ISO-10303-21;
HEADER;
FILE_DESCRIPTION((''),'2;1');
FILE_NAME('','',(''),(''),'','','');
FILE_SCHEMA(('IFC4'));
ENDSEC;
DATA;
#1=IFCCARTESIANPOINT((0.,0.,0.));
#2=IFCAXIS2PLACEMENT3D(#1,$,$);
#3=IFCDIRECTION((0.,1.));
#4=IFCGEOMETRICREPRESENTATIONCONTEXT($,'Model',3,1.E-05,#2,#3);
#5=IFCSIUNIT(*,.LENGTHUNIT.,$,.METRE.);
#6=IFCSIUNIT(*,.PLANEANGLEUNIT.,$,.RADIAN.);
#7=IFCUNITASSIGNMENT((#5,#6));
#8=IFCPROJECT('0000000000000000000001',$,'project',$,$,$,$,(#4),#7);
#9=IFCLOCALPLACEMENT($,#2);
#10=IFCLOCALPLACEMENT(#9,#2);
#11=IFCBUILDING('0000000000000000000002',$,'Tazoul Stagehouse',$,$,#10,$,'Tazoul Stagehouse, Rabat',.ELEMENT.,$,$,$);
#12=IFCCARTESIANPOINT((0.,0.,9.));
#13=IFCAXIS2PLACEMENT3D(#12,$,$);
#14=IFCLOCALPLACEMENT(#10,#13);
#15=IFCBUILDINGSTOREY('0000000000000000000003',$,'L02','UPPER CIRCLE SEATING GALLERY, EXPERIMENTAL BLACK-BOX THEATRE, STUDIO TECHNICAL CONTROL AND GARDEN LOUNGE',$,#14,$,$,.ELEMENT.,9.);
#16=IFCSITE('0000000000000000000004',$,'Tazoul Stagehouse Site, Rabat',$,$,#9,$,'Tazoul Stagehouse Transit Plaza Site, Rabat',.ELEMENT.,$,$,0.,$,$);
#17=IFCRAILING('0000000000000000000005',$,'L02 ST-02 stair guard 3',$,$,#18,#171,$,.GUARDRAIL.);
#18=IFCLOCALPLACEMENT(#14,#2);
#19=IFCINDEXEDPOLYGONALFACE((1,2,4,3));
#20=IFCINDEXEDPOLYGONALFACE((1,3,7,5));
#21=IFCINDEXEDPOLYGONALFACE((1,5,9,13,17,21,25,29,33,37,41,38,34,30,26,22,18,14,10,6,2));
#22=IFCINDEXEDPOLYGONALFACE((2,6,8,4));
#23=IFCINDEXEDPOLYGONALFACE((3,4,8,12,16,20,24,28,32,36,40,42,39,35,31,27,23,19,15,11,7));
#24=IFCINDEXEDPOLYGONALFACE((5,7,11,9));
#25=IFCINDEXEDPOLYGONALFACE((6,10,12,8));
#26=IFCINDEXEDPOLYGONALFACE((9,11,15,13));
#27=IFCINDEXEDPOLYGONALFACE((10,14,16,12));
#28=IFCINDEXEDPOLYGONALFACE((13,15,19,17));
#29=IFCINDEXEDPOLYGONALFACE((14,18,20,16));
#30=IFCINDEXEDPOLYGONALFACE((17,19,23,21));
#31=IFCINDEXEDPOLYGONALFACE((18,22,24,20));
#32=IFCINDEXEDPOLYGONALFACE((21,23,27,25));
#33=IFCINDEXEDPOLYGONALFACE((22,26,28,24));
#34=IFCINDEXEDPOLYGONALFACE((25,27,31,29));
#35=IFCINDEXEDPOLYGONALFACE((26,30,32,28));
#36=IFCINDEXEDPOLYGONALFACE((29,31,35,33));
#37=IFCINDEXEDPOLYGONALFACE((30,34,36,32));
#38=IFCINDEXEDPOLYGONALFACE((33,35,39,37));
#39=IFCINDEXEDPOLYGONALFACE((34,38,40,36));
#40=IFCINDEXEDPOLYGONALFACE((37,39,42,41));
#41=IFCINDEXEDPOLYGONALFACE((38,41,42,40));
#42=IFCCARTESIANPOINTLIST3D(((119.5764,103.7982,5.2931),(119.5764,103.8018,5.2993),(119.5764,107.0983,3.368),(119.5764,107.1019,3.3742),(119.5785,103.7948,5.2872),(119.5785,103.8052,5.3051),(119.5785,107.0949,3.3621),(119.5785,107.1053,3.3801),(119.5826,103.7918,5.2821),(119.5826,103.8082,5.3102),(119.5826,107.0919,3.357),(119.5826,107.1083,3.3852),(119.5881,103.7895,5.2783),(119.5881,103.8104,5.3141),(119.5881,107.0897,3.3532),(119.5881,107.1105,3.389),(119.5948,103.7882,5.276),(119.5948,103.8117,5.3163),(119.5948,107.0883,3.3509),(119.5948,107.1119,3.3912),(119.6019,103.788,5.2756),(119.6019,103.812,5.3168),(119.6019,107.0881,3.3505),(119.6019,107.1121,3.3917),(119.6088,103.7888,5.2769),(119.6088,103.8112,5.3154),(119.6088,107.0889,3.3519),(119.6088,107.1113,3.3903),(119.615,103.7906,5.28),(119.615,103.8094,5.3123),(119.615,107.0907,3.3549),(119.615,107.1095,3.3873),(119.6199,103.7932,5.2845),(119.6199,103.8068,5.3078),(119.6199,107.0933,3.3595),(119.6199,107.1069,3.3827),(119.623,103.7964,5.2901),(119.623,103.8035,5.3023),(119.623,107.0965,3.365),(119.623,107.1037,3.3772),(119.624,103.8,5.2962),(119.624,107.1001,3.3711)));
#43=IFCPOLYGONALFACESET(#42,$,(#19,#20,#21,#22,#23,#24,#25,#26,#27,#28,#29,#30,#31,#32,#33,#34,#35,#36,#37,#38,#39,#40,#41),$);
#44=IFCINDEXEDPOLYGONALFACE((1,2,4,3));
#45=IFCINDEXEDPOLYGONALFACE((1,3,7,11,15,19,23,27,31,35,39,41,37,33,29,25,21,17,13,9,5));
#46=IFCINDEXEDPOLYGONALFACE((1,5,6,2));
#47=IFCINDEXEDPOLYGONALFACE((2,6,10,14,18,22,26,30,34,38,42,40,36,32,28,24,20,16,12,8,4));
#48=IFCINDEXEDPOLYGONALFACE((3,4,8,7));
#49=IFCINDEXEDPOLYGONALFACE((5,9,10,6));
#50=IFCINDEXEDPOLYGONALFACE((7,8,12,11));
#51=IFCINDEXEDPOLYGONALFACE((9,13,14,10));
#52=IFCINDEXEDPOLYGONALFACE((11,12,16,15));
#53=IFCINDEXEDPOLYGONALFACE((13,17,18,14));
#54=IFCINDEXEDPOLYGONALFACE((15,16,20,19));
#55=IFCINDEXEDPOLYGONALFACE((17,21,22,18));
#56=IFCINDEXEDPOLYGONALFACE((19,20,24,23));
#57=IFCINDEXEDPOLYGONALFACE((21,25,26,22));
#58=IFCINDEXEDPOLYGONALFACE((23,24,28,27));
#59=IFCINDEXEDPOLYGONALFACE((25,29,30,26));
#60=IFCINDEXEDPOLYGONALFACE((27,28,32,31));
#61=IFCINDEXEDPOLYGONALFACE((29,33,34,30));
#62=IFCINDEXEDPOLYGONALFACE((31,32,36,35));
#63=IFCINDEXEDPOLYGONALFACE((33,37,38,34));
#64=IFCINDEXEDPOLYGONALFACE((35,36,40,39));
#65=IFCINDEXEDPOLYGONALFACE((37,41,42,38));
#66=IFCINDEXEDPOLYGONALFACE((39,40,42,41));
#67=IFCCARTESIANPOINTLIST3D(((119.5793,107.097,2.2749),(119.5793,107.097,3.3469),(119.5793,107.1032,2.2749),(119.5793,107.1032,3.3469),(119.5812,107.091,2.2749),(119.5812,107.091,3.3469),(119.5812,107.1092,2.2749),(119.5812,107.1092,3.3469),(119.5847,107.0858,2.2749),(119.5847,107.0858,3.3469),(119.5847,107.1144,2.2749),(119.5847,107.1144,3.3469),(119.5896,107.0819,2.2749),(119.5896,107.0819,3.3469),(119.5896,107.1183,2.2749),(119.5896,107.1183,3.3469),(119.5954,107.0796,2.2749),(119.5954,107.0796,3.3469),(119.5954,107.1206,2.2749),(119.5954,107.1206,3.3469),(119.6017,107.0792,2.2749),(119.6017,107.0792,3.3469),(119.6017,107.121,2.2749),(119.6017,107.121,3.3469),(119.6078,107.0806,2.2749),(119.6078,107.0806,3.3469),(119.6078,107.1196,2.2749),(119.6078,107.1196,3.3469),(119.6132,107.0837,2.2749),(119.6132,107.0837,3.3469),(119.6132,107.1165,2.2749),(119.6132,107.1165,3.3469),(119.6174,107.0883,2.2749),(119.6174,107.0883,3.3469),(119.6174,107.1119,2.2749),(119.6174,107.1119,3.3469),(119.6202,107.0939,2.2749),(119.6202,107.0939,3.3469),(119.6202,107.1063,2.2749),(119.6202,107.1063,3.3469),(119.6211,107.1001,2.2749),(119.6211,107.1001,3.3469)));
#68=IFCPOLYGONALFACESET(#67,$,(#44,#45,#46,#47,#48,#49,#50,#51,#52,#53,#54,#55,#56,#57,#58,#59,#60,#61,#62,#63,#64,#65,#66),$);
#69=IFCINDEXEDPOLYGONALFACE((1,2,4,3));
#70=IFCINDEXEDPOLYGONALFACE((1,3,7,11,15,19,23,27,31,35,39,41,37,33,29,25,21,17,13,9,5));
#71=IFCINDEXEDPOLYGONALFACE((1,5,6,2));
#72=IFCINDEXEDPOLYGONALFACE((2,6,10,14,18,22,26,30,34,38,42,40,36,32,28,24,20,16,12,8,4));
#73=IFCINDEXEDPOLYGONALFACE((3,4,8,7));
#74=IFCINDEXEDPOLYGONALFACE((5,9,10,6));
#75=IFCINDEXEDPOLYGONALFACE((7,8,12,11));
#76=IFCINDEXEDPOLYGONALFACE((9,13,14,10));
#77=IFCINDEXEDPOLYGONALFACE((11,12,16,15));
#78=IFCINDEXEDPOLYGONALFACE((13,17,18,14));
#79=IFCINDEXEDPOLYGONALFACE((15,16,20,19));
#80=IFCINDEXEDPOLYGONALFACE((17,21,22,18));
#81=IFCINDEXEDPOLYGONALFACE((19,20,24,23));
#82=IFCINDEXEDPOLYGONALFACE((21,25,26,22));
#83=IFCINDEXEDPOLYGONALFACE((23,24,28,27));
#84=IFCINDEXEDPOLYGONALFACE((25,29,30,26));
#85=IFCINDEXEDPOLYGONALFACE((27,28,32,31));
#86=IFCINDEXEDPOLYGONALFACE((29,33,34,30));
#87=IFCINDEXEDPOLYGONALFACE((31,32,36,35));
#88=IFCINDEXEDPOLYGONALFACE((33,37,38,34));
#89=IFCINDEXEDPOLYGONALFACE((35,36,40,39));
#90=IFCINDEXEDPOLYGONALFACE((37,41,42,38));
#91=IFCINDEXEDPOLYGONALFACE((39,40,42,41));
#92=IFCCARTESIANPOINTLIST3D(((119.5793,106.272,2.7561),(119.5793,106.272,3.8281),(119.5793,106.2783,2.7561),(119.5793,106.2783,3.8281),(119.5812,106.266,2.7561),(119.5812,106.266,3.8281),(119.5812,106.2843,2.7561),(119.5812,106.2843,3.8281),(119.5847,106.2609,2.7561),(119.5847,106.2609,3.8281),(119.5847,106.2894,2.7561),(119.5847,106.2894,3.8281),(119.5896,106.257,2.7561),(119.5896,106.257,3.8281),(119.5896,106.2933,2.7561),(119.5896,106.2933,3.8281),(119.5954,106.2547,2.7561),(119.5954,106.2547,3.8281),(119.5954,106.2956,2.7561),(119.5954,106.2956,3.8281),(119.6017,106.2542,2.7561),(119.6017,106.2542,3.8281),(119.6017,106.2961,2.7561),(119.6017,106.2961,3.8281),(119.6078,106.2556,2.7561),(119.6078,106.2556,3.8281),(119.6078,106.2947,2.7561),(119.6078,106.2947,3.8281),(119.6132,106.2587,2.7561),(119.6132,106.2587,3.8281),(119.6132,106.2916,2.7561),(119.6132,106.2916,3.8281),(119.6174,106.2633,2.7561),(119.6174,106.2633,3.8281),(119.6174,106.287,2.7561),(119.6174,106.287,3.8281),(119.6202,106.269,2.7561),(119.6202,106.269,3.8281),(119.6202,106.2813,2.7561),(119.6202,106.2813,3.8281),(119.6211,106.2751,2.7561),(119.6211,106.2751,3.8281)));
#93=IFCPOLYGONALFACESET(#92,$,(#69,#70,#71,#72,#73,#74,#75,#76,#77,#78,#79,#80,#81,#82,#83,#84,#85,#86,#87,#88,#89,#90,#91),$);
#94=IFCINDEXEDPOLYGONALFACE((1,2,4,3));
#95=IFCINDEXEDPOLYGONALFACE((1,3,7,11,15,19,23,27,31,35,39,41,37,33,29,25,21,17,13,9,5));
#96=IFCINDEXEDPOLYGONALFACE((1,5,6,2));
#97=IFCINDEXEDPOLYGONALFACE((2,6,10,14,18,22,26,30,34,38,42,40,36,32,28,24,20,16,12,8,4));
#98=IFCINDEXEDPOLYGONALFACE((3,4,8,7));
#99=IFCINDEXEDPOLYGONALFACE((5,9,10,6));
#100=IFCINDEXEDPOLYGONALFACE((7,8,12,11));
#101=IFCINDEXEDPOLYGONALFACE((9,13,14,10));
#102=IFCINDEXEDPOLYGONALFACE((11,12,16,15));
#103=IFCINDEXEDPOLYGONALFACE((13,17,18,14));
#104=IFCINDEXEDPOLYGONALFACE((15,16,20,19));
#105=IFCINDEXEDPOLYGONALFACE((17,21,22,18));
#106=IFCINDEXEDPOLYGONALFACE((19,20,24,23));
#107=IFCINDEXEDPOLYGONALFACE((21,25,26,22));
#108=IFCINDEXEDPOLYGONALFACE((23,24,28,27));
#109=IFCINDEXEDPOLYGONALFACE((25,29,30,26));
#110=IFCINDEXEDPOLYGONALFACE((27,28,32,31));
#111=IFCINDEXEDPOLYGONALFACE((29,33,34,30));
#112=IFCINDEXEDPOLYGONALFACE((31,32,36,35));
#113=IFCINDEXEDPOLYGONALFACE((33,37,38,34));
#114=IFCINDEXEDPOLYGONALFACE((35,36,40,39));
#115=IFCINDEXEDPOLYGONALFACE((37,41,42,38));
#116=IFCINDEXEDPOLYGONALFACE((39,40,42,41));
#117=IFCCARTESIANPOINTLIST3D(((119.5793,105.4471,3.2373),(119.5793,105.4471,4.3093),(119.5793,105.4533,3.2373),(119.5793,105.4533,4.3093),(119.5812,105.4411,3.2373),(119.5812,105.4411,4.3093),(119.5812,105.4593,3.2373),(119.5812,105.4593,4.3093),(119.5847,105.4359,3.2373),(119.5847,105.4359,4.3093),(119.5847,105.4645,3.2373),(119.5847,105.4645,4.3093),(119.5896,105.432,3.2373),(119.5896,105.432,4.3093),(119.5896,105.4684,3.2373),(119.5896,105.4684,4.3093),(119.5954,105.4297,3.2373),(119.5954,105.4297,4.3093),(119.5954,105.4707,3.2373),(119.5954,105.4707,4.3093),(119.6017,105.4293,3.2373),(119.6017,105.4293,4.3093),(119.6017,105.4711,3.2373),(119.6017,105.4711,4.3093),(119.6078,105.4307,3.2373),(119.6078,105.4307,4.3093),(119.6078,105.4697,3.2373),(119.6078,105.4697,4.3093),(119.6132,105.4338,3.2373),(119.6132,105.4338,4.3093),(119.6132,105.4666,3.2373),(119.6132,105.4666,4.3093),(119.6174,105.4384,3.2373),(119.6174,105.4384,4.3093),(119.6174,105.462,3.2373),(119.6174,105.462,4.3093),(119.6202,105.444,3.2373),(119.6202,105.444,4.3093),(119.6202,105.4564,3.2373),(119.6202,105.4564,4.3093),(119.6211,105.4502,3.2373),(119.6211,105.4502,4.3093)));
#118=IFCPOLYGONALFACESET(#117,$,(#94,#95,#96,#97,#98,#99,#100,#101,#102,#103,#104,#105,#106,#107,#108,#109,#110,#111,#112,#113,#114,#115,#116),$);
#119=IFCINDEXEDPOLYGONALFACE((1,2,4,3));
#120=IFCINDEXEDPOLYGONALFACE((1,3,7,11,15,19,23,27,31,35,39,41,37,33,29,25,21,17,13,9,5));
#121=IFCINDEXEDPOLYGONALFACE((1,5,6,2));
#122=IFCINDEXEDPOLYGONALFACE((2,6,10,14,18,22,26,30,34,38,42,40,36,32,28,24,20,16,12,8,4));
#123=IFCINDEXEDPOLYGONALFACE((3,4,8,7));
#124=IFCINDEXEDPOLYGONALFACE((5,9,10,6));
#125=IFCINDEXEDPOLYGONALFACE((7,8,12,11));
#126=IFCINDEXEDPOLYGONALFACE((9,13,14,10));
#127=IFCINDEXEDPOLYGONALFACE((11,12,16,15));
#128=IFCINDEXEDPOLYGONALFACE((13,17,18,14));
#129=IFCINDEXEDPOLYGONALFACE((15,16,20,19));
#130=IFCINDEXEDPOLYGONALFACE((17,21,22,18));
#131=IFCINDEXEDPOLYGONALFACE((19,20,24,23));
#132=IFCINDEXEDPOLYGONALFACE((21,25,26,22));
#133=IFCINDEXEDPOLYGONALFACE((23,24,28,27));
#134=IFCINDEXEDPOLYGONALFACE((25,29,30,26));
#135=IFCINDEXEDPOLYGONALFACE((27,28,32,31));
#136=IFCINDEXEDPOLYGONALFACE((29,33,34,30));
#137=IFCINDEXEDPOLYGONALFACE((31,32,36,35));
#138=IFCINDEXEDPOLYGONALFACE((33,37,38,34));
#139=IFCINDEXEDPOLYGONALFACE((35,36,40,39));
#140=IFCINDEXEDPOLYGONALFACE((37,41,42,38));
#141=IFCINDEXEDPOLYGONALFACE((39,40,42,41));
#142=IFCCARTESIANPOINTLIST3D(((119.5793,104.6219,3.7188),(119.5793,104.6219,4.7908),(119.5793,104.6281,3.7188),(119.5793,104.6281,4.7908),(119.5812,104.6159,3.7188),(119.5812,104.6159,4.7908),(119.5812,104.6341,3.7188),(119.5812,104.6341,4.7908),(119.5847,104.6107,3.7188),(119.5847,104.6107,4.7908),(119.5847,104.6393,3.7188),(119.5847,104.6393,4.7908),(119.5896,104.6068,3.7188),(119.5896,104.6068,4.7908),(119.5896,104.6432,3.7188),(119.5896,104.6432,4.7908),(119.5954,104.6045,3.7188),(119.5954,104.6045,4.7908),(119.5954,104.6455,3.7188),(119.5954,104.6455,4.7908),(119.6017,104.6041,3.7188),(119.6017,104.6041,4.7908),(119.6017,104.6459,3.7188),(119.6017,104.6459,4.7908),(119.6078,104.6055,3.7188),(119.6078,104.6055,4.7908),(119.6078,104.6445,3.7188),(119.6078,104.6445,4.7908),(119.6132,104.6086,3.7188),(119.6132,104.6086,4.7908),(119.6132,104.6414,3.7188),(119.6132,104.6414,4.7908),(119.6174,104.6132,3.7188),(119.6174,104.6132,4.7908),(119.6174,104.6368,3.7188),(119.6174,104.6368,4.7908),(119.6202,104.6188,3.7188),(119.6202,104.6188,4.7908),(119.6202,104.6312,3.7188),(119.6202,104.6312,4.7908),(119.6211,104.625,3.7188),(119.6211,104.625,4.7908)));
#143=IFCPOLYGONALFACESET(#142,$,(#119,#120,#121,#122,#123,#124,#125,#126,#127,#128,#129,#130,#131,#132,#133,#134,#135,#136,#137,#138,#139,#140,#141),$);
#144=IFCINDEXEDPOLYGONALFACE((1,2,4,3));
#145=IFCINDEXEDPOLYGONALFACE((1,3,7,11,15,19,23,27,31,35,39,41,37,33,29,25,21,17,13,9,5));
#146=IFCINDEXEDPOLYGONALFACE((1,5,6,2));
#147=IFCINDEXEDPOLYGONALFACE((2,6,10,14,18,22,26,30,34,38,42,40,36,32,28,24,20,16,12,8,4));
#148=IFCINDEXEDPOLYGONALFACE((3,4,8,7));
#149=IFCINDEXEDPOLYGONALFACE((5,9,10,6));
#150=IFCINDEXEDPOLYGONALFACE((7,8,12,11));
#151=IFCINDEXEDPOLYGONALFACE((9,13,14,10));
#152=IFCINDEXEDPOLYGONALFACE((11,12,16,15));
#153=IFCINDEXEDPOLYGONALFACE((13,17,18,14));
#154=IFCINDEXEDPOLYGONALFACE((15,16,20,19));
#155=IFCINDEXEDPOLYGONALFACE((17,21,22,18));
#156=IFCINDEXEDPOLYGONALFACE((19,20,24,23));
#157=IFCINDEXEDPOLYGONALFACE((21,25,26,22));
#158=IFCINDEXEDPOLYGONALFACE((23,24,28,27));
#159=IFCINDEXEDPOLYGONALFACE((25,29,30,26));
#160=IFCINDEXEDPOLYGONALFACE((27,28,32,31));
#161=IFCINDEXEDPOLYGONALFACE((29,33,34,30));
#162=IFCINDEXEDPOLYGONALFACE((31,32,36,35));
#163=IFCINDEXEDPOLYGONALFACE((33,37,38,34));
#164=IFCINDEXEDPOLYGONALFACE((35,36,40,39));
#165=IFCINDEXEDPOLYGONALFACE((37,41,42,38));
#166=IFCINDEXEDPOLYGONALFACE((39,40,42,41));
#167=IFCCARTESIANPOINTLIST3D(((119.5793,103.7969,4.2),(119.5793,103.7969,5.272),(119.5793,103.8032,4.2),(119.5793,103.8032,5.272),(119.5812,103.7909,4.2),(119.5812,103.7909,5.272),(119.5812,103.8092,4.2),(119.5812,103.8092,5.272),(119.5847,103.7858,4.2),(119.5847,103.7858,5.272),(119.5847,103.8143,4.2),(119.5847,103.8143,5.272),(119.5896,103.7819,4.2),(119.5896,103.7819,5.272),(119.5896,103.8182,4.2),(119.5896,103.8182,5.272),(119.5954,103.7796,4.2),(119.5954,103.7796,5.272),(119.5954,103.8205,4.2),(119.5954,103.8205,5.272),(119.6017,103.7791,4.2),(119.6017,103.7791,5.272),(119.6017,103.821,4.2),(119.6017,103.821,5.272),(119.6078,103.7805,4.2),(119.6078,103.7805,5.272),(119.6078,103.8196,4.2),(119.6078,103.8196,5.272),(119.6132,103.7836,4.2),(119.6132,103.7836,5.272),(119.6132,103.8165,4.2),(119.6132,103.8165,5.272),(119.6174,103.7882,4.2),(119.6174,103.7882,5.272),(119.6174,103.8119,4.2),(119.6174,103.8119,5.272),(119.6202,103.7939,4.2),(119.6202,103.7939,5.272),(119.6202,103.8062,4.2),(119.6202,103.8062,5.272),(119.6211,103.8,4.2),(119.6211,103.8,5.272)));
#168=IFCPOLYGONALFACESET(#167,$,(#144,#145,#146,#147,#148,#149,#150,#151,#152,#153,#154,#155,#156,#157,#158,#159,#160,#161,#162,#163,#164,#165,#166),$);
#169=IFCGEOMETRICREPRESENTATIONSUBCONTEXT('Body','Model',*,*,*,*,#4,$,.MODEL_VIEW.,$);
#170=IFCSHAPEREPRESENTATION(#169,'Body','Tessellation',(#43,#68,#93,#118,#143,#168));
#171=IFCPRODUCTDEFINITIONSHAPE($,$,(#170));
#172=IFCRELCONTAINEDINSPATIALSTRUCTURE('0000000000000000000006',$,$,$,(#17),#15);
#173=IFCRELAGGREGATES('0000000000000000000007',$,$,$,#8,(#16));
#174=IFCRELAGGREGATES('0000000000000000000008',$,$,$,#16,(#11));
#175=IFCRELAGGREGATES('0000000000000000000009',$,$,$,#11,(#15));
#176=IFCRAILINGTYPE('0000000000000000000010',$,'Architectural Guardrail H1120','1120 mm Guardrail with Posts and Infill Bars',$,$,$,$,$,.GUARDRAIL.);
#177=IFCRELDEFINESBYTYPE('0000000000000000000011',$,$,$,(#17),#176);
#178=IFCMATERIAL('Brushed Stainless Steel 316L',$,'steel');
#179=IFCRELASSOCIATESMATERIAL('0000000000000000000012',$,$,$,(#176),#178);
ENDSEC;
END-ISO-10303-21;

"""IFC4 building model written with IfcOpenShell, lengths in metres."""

from ifc_helpers import new_model, si_unit, direction, frame, origin, origin_2d, place, context, subcontext, project, spatial, circle, extrude, material, material_profile, profile_set, type_object, element, save


model = new_model("IFC4")

# Units and contexts
model_context = context("Model", 3, precision=1e-05, world=origin(), true_north=direction((0.0, 1.0)))
body_context = subcontext(model_context, "Body", "Model", "MODEL_VIEW")
ifc_project = project(units=[si_unit("LENGTHUNIT", "METRE"), si_unit("PLANEANGLEUNIT", "RADIAN")], contexts=[model_context])

# Site, building, storey
site_placement = place(None, origin())
site = spatial("IfcSite", under=ifc_project, at=site_placement, Name="Tazoul Stagehouse Site, Rabat", LongName="Tazoul Stagehouse Transit Plaza Site, Rabat", CompositionType="ELEMENT", RefElevation=0.0)
building_placement = place(site_placement, origin())
building = spatial("IfcBuilding", under=site, at=building_placement, Name="Tazoul Stagehouse", LongName="Tazoul Stagehouse, Rabat", CompositionType="ELEMENT")
storey_placement = place(building_placement, frame((0.0, 0.0, 9.0)))
storey = spatial("IfcBuildingStorey", under=building, at=storey_placement, Name="L02", Description="UPPER CIRCLE SEATING GALLERY, EXPERIMENTAL BLACK-BOX THEATRE, STUDIO TECHNICAL CONTROL AND GARDEN LOUNGE", CompositionType="ELEMENT", Elevation=9.0)

# Railing
ifc_material_1 = material(Name="Brushed Stainless Steel 316L", Category="steel")
ifc_material_profile_1 = material_profile(ifc_material_1, circle(Radius=0.0239, at=origin_2d()), Name="SS RAIL D48")
ifc_profile_set_1 = profile_set([ifc_material_profile_1], Name="Brushed Stainless Steel 316L")
railing_type_1 = type_object("IfcRailingType", Name="Architectural Guardrail H1120", Description="1120 mm Guardrail with Posts and Infill Bars", PredefinedType="GUARDRAIL", material=ifc_profile_set_1)
railing_1_placement = place(storey_placement, frame((119.6001, 107.1001, 2.2749)))
element("IfcRailing", 1, at=railing_1_placement, inside=storey, type_object=railing_type_1, Name="L02 ST-02 stair guard 3", PredefinedType="GUARDRAIL", context=body_context, shape_type="SweptSolid", body=[
    extrude(circle(Radius=0.0239, at=origin_2d()), frame((0.0, 0.0, 1.0962), z_axis=(0.0, -0.863777, 0.503875), x_axis=(1.0, 0.0, 0.0)), (0.0, 0.0, 1.0), 3.8206),
    extrude(circle(Radius=0.021, at=origin_2d()), origin(), (0.0, 0.0, 1.0), 1.072),
    extrude(circle(Radius=0.021, at=origin_2d()), frame((0.0, -0.825, 0.4812)), (0.0, 0.0, 1.0), 1.072),
    extrude(circle(Radius=0.021, at=origin_2d()), frame((0.0, -1.6499, 0.9624)), (0.0, 0.0, 1.0), 1.072),
    extrude(circle(Radius=0.021, at=origin_2d()), frame((0.0, -2.4751, 1.4438)), (0.0, 0.0, 1.0), 1.072),
    extrude(circle(Radius=0.021, at=origin_2d()), frame((0.0, -3.3, 1.925)), (0.0, 0.0, 1.0), 1.072),
])

save(model, "model.ifc")
